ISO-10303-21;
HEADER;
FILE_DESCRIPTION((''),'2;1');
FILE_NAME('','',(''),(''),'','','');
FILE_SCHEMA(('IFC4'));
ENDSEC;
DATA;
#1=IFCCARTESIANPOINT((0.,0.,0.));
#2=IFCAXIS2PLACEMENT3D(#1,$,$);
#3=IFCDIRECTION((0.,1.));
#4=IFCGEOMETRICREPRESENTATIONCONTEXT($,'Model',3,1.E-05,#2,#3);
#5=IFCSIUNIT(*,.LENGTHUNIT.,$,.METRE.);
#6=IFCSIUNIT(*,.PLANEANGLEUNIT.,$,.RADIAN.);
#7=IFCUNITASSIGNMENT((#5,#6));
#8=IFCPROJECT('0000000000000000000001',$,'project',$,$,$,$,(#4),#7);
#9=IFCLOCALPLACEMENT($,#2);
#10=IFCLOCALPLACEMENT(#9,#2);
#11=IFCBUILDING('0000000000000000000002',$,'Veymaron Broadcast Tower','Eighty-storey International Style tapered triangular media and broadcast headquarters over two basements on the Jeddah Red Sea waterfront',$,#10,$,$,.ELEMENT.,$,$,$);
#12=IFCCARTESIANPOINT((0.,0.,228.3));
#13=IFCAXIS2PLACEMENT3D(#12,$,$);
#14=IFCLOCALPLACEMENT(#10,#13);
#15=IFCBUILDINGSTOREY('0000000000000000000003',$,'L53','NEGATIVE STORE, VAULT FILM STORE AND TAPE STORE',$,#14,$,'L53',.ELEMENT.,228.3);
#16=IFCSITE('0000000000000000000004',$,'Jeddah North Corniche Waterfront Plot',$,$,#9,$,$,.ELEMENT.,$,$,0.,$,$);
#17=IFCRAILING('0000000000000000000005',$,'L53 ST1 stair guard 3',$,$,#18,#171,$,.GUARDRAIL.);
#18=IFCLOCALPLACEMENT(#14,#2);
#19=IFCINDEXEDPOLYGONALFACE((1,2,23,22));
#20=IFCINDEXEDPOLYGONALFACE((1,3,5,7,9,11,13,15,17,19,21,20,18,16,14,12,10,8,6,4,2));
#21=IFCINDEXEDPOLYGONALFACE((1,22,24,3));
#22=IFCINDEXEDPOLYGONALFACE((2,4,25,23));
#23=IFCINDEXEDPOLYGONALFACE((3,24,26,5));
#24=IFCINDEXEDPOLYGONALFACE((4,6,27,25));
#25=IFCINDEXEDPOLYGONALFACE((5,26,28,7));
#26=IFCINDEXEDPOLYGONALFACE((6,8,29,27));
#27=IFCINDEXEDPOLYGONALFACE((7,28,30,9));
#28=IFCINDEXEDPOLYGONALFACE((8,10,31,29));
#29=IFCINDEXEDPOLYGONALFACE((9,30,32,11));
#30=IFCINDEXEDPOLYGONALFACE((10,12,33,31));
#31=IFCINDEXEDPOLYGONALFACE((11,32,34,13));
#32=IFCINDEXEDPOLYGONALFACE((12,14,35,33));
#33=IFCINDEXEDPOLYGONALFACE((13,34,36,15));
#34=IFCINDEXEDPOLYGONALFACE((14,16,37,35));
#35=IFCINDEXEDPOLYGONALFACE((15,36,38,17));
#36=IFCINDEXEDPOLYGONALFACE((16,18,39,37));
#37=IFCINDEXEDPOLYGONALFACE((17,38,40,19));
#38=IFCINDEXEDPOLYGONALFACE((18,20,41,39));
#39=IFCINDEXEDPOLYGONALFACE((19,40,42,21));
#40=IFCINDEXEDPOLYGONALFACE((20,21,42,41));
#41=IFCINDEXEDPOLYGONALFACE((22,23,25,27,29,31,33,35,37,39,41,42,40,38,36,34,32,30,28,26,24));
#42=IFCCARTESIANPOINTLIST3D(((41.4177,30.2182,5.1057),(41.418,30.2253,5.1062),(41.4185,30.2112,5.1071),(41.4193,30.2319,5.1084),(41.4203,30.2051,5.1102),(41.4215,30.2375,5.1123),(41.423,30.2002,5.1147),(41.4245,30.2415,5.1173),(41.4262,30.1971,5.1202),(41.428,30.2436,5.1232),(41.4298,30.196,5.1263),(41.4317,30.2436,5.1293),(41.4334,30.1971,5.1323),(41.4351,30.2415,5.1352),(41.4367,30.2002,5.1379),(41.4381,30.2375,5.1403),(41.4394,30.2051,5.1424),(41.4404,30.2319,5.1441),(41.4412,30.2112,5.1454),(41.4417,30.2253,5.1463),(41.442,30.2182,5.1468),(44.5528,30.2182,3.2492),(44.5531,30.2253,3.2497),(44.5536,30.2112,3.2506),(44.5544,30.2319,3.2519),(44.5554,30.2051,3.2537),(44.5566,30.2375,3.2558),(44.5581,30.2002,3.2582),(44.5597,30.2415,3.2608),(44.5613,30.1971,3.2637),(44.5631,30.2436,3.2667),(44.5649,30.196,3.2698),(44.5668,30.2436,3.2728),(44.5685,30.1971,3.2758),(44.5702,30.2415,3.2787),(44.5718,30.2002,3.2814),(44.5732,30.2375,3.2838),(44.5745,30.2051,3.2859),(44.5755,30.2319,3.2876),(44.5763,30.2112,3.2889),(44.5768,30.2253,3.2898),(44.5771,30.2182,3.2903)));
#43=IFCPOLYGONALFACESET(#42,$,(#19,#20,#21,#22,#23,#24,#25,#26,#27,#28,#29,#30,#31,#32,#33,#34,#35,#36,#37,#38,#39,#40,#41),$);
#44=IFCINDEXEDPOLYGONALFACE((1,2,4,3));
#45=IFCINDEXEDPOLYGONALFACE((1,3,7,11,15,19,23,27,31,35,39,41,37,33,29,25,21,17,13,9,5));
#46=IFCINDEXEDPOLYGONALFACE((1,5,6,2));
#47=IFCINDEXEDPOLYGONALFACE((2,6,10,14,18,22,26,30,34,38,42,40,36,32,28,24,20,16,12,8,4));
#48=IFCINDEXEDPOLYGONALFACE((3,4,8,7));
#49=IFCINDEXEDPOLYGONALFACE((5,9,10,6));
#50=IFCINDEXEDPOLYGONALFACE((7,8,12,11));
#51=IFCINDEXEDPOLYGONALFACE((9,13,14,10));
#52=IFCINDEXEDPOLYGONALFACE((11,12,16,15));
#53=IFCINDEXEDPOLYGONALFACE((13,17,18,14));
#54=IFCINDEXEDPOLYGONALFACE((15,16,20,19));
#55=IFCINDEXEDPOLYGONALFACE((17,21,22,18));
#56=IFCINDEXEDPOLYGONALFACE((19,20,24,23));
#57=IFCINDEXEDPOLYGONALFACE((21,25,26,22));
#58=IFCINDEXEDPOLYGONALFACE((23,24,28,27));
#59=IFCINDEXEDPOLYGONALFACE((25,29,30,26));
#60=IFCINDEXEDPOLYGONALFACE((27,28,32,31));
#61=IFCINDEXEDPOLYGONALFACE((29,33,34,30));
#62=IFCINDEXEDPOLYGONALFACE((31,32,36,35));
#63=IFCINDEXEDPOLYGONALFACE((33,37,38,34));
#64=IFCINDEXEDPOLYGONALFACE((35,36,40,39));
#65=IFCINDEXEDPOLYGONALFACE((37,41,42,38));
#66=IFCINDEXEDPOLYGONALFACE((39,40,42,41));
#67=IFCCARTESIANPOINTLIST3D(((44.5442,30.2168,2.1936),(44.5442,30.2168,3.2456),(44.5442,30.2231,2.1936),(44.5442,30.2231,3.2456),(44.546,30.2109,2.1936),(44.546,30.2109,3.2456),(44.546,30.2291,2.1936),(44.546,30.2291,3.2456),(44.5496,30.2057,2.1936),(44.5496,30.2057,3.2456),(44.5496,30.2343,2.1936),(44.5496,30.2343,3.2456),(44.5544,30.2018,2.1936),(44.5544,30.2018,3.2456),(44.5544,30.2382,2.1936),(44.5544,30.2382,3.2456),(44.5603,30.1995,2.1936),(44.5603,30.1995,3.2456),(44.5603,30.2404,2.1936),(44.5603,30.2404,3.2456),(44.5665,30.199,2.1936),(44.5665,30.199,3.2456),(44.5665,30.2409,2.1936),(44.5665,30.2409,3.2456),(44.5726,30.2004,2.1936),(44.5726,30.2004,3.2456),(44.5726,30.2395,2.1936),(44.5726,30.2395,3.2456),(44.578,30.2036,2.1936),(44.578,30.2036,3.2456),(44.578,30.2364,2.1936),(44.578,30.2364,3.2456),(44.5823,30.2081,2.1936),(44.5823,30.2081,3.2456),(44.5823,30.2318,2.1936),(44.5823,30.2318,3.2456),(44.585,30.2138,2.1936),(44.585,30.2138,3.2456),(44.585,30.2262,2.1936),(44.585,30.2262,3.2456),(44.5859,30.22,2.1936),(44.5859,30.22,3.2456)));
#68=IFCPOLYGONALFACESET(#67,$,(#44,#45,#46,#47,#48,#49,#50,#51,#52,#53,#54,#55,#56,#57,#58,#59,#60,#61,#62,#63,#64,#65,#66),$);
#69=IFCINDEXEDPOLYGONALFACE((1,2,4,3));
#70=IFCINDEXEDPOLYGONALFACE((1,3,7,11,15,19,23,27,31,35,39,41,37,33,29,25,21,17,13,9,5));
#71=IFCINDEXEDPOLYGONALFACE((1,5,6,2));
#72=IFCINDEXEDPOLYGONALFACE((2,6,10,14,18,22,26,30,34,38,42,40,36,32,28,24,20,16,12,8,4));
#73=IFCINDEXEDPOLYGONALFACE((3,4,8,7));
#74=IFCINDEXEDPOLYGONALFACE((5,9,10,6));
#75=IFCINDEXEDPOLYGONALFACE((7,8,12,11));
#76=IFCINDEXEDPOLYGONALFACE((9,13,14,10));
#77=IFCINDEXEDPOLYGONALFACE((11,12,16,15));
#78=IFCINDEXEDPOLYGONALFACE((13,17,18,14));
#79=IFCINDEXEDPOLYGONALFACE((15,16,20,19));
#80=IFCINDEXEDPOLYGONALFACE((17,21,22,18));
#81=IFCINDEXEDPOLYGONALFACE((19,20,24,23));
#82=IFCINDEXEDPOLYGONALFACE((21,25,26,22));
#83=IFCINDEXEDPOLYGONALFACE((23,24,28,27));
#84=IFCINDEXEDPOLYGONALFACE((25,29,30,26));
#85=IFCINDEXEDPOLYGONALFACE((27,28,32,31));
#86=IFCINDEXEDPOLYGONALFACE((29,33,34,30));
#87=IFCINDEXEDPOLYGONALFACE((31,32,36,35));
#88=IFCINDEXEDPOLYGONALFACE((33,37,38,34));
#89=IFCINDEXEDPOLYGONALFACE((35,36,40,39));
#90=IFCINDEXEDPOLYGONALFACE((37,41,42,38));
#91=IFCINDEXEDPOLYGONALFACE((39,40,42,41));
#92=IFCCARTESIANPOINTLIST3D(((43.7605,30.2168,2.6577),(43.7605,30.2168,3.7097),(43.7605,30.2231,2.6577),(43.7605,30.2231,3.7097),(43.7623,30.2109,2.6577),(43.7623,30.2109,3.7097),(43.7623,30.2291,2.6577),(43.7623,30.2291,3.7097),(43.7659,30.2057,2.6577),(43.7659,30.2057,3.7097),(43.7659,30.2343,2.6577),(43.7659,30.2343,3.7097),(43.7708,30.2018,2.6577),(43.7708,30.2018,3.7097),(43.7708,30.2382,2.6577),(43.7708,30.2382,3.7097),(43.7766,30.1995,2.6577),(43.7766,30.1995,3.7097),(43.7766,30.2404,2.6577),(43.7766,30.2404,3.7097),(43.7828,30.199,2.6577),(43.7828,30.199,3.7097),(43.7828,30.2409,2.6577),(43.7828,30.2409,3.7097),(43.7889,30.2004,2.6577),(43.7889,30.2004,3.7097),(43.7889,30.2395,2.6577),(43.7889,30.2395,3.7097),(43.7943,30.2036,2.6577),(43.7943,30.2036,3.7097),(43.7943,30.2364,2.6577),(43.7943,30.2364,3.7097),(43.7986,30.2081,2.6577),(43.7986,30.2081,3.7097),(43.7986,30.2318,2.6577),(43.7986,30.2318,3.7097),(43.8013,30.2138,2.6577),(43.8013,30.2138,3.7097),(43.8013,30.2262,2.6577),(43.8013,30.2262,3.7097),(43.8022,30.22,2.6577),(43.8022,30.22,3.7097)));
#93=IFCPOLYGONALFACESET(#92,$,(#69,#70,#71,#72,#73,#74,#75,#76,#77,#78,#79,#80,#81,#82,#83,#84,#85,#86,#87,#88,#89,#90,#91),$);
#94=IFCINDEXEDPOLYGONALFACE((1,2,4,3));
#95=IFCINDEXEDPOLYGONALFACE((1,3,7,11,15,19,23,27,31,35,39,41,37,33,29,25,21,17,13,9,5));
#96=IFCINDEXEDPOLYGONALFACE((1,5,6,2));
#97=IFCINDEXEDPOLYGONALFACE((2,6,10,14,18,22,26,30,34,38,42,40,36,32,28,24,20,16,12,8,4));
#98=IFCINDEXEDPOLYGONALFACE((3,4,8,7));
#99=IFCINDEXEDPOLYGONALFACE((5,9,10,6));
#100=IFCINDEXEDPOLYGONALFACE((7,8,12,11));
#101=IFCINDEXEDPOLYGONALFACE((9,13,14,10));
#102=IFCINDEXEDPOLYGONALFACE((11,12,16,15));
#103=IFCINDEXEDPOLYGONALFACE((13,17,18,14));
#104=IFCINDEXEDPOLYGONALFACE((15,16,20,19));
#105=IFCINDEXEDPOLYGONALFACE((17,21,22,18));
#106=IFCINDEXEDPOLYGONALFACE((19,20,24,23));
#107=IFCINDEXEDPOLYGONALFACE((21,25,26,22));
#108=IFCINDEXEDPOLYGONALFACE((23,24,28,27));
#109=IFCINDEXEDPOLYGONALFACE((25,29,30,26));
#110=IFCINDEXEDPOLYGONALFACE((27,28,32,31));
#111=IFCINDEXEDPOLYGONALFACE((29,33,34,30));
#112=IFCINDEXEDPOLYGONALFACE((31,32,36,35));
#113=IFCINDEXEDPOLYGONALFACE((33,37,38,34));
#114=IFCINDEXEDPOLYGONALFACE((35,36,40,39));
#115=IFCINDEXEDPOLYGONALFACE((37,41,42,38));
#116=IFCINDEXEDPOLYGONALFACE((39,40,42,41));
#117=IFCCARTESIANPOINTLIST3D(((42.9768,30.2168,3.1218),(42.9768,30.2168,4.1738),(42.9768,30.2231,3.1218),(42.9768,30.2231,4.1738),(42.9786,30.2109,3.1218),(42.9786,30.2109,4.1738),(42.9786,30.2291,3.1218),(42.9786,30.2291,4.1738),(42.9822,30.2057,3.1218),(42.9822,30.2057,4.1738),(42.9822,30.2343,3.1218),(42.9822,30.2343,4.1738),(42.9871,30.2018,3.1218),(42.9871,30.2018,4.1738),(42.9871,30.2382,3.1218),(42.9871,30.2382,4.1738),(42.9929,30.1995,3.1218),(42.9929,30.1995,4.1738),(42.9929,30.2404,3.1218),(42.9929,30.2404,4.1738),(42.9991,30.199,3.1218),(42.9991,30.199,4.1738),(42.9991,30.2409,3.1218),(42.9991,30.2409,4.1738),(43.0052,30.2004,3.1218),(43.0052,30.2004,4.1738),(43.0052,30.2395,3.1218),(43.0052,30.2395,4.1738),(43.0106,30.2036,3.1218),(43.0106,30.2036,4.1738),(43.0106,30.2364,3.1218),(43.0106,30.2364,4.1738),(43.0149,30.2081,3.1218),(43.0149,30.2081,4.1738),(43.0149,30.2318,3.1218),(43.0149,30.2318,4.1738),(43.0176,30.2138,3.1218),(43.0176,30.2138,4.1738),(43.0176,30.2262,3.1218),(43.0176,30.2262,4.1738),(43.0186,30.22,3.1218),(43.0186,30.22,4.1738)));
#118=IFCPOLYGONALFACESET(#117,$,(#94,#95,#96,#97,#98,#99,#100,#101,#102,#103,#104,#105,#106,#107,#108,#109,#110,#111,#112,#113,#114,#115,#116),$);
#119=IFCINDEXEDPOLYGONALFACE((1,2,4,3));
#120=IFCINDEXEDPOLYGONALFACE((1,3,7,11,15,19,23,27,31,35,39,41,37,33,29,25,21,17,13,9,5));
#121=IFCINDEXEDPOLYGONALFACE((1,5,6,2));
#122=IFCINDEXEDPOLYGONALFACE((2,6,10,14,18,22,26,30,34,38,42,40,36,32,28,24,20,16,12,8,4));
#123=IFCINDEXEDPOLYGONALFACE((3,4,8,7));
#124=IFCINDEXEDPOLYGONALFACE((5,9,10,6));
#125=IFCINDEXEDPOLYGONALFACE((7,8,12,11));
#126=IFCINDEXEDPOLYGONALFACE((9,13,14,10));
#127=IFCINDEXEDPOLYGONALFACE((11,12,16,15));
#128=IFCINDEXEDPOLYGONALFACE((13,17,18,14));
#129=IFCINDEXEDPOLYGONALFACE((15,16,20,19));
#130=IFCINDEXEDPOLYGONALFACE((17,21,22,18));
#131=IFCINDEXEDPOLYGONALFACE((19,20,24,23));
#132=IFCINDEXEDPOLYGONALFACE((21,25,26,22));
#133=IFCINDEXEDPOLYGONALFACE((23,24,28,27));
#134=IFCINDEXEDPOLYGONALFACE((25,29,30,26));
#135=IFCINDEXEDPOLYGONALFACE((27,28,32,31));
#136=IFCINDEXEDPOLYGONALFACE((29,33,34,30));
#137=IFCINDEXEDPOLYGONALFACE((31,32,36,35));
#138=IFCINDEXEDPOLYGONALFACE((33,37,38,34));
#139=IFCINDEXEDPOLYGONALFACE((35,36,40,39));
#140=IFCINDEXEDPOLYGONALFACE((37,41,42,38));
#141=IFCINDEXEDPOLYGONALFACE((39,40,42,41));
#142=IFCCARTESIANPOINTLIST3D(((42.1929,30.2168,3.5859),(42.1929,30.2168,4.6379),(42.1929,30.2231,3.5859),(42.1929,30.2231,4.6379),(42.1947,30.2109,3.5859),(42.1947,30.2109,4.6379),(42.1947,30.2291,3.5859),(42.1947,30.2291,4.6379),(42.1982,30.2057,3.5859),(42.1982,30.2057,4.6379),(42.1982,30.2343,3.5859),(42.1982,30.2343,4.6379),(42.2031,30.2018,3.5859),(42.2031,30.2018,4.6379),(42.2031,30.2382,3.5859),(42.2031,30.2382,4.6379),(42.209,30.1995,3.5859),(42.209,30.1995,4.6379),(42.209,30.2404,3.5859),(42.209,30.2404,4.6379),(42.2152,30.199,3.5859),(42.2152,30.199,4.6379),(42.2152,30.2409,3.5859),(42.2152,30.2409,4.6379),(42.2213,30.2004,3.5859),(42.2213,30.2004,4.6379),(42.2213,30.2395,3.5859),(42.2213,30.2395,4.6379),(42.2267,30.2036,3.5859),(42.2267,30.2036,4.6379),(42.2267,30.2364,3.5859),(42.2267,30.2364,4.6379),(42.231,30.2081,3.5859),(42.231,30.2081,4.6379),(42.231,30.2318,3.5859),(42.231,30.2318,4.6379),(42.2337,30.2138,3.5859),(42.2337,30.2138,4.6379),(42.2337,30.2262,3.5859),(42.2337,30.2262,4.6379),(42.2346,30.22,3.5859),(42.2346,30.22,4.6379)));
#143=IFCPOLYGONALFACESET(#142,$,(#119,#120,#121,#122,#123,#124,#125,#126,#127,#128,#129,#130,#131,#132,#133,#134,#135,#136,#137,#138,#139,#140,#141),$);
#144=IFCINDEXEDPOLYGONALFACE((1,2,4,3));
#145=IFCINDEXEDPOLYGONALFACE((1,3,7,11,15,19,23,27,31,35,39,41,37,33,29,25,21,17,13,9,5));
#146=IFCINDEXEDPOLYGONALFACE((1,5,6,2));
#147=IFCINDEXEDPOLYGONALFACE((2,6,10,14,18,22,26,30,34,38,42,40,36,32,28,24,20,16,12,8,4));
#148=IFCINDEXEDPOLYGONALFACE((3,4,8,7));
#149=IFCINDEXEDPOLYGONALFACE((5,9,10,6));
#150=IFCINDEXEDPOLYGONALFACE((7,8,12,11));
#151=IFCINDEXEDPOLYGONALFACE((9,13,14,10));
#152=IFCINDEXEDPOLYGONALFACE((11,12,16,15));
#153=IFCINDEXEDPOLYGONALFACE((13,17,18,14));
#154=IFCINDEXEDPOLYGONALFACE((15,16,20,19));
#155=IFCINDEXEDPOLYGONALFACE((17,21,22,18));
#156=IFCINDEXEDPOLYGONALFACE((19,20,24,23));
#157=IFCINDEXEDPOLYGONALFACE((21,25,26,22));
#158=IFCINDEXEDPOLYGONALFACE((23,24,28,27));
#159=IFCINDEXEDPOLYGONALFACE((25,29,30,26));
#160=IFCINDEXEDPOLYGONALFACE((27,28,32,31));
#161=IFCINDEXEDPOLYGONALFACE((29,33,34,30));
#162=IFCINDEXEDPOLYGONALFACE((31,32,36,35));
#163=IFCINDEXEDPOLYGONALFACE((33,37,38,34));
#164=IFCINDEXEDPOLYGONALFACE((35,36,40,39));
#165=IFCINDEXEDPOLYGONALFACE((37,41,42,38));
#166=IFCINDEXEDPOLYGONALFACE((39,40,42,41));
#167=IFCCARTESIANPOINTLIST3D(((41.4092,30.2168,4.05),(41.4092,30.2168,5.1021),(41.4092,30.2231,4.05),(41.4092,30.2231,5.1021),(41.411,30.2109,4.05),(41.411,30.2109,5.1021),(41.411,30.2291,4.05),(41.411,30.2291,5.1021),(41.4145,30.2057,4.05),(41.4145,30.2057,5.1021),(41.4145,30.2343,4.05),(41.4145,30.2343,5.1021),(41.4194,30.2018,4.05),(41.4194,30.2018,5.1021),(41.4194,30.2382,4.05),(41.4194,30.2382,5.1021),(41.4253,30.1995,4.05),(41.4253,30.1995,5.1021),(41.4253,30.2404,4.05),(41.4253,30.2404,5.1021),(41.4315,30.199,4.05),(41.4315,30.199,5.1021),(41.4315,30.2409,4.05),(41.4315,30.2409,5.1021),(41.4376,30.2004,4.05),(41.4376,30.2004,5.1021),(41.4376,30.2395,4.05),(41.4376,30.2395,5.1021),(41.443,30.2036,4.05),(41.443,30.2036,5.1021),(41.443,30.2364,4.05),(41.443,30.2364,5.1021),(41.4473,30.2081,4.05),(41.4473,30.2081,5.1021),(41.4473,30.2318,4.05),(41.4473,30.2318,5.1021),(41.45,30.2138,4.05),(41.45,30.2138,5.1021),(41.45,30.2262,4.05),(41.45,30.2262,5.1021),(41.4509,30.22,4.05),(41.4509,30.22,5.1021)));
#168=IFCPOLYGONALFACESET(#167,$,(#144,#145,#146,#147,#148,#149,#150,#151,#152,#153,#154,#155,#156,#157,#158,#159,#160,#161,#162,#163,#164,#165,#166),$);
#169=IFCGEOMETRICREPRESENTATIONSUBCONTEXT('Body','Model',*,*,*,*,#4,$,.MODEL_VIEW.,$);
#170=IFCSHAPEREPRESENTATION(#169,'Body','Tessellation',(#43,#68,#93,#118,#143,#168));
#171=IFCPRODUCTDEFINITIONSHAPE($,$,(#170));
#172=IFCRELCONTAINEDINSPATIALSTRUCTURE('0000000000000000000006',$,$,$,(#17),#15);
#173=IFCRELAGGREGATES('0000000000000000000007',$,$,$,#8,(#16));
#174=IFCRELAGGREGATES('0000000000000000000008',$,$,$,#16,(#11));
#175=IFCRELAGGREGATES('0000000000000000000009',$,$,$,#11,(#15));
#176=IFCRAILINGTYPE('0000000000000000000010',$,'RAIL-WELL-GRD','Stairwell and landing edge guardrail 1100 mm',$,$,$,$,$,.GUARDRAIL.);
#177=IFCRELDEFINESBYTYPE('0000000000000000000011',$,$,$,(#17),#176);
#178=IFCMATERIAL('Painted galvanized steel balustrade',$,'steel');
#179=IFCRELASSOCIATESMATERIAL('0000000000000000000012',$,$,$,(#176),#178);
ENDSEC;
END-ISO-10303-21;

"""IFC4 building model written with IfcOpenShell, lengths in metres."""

from ifc_helpers import new_model, si_unit, direction, frame, origin, origin_2d, place, context, subcontext, project, spatial, circle, extrude, material, type_object, element, save


model = new_model("IFC4")

# Units and contexts
model_context = context("Model", 3, precision=1e-05, world=origin(), true_north=direction((0.0, 1.0)))
body_context = subcontext(model_context, "Body", "Model", "MODEL_VIEW")
ifc_project = project(units=[si_unit("LENGTHUNIT", "METRE"), si_unit("PLANEANGLEUNIT", "RADIAN")], contexts=[model_context])

# Site, building, storey
site_placement = place(None, origin())
site = spatial("IfcSite", under=ifc_project, at=site_placement, Name="Jeddah North Corniche Waterfront Plot", CompositionType="ELEMENT", RefElevation=0.0)
building_placement = place(site_placement, origin())
building = spatial("IfcBuilding", under=site, at=building_placement, Name="Veymaron Broadcast Tower", Description="Eighty-storey International Style tapered triangular media and broadcast headquarters over two basements on the Jeddah Red Sea waterfront", CompositionType="ELEMENT")
storey_placement = place(building_placement, frame((0.0, 0.0, 228.3)))
storey = spatial("IfcBuildingStorey", under=building, at=storey_placement, Name="L53", Description="NEGATIVE STORE, VAULT FILM STORE AND TAPE STORE", LongName="L53", CompositionType="ELEMENT", Elevation=228.3)

# Railing
ifc_material_1 = material(Name="Painted galvanized steel balustrade", Category="steel")
railing_type_1 = type_object("IfcRailingType", Name="RAIL-WELL-GRD", Description="Stairwell and landing edge guardrail 1100 mm", PredefinedType="GUARDRAIL", material=ifc_material_1)
railing_1_placement = place(storey_placement, frame((44.5649, 30.22, 2.1936)))
element("IfcRailing", 1, at=railing_1_placement, inside=storey, type_object=railing_type_1, Name="L53 ST1 stair guard 3", PredefinedType="GUARDRAIL", context=body_context, shape_type="SweptSolid", body=[
    extrude(circle(Radius=0.0239, at=origin_2d()), frame((0.0, 0.0, 1.0762), z_axis=(-0.860453, 0.0, 0.509531), x_axis=(0.0, -1.0, 0.0)), (0.0, 0.0, 1.0), 3.6436),
    extrude(circle(Radius=0.021, at=origin_2d()), origin(), (0.0, 0.0, 1.0), 1.052),
    extrude(circle(Radius=0.021, at=origin_2d()), frame((-0.7837, 0.0, 0.4641)), (0.0, 0.0, 1.0), 1.052),
    extrude(circle(Radius=0.021, at=origin_2d()), frame((-1.5674, 0.0, 0.9282)), (0.0, 0.0, 1.0), 1.052),
    extrude(circle(Radius=0.021, at=origin_2d()), frame((-2.3513, 0.0, 1.3923)), (0.0, 0.0, 1.0), 1.052),
    extrude(circle(Radius=0.021, at=origin_2d()), frame((-3.135, 0.0, 1.8564)), (0.0, 0.0, 1.0), 1.052),
])

save(model, "model.ifc")
